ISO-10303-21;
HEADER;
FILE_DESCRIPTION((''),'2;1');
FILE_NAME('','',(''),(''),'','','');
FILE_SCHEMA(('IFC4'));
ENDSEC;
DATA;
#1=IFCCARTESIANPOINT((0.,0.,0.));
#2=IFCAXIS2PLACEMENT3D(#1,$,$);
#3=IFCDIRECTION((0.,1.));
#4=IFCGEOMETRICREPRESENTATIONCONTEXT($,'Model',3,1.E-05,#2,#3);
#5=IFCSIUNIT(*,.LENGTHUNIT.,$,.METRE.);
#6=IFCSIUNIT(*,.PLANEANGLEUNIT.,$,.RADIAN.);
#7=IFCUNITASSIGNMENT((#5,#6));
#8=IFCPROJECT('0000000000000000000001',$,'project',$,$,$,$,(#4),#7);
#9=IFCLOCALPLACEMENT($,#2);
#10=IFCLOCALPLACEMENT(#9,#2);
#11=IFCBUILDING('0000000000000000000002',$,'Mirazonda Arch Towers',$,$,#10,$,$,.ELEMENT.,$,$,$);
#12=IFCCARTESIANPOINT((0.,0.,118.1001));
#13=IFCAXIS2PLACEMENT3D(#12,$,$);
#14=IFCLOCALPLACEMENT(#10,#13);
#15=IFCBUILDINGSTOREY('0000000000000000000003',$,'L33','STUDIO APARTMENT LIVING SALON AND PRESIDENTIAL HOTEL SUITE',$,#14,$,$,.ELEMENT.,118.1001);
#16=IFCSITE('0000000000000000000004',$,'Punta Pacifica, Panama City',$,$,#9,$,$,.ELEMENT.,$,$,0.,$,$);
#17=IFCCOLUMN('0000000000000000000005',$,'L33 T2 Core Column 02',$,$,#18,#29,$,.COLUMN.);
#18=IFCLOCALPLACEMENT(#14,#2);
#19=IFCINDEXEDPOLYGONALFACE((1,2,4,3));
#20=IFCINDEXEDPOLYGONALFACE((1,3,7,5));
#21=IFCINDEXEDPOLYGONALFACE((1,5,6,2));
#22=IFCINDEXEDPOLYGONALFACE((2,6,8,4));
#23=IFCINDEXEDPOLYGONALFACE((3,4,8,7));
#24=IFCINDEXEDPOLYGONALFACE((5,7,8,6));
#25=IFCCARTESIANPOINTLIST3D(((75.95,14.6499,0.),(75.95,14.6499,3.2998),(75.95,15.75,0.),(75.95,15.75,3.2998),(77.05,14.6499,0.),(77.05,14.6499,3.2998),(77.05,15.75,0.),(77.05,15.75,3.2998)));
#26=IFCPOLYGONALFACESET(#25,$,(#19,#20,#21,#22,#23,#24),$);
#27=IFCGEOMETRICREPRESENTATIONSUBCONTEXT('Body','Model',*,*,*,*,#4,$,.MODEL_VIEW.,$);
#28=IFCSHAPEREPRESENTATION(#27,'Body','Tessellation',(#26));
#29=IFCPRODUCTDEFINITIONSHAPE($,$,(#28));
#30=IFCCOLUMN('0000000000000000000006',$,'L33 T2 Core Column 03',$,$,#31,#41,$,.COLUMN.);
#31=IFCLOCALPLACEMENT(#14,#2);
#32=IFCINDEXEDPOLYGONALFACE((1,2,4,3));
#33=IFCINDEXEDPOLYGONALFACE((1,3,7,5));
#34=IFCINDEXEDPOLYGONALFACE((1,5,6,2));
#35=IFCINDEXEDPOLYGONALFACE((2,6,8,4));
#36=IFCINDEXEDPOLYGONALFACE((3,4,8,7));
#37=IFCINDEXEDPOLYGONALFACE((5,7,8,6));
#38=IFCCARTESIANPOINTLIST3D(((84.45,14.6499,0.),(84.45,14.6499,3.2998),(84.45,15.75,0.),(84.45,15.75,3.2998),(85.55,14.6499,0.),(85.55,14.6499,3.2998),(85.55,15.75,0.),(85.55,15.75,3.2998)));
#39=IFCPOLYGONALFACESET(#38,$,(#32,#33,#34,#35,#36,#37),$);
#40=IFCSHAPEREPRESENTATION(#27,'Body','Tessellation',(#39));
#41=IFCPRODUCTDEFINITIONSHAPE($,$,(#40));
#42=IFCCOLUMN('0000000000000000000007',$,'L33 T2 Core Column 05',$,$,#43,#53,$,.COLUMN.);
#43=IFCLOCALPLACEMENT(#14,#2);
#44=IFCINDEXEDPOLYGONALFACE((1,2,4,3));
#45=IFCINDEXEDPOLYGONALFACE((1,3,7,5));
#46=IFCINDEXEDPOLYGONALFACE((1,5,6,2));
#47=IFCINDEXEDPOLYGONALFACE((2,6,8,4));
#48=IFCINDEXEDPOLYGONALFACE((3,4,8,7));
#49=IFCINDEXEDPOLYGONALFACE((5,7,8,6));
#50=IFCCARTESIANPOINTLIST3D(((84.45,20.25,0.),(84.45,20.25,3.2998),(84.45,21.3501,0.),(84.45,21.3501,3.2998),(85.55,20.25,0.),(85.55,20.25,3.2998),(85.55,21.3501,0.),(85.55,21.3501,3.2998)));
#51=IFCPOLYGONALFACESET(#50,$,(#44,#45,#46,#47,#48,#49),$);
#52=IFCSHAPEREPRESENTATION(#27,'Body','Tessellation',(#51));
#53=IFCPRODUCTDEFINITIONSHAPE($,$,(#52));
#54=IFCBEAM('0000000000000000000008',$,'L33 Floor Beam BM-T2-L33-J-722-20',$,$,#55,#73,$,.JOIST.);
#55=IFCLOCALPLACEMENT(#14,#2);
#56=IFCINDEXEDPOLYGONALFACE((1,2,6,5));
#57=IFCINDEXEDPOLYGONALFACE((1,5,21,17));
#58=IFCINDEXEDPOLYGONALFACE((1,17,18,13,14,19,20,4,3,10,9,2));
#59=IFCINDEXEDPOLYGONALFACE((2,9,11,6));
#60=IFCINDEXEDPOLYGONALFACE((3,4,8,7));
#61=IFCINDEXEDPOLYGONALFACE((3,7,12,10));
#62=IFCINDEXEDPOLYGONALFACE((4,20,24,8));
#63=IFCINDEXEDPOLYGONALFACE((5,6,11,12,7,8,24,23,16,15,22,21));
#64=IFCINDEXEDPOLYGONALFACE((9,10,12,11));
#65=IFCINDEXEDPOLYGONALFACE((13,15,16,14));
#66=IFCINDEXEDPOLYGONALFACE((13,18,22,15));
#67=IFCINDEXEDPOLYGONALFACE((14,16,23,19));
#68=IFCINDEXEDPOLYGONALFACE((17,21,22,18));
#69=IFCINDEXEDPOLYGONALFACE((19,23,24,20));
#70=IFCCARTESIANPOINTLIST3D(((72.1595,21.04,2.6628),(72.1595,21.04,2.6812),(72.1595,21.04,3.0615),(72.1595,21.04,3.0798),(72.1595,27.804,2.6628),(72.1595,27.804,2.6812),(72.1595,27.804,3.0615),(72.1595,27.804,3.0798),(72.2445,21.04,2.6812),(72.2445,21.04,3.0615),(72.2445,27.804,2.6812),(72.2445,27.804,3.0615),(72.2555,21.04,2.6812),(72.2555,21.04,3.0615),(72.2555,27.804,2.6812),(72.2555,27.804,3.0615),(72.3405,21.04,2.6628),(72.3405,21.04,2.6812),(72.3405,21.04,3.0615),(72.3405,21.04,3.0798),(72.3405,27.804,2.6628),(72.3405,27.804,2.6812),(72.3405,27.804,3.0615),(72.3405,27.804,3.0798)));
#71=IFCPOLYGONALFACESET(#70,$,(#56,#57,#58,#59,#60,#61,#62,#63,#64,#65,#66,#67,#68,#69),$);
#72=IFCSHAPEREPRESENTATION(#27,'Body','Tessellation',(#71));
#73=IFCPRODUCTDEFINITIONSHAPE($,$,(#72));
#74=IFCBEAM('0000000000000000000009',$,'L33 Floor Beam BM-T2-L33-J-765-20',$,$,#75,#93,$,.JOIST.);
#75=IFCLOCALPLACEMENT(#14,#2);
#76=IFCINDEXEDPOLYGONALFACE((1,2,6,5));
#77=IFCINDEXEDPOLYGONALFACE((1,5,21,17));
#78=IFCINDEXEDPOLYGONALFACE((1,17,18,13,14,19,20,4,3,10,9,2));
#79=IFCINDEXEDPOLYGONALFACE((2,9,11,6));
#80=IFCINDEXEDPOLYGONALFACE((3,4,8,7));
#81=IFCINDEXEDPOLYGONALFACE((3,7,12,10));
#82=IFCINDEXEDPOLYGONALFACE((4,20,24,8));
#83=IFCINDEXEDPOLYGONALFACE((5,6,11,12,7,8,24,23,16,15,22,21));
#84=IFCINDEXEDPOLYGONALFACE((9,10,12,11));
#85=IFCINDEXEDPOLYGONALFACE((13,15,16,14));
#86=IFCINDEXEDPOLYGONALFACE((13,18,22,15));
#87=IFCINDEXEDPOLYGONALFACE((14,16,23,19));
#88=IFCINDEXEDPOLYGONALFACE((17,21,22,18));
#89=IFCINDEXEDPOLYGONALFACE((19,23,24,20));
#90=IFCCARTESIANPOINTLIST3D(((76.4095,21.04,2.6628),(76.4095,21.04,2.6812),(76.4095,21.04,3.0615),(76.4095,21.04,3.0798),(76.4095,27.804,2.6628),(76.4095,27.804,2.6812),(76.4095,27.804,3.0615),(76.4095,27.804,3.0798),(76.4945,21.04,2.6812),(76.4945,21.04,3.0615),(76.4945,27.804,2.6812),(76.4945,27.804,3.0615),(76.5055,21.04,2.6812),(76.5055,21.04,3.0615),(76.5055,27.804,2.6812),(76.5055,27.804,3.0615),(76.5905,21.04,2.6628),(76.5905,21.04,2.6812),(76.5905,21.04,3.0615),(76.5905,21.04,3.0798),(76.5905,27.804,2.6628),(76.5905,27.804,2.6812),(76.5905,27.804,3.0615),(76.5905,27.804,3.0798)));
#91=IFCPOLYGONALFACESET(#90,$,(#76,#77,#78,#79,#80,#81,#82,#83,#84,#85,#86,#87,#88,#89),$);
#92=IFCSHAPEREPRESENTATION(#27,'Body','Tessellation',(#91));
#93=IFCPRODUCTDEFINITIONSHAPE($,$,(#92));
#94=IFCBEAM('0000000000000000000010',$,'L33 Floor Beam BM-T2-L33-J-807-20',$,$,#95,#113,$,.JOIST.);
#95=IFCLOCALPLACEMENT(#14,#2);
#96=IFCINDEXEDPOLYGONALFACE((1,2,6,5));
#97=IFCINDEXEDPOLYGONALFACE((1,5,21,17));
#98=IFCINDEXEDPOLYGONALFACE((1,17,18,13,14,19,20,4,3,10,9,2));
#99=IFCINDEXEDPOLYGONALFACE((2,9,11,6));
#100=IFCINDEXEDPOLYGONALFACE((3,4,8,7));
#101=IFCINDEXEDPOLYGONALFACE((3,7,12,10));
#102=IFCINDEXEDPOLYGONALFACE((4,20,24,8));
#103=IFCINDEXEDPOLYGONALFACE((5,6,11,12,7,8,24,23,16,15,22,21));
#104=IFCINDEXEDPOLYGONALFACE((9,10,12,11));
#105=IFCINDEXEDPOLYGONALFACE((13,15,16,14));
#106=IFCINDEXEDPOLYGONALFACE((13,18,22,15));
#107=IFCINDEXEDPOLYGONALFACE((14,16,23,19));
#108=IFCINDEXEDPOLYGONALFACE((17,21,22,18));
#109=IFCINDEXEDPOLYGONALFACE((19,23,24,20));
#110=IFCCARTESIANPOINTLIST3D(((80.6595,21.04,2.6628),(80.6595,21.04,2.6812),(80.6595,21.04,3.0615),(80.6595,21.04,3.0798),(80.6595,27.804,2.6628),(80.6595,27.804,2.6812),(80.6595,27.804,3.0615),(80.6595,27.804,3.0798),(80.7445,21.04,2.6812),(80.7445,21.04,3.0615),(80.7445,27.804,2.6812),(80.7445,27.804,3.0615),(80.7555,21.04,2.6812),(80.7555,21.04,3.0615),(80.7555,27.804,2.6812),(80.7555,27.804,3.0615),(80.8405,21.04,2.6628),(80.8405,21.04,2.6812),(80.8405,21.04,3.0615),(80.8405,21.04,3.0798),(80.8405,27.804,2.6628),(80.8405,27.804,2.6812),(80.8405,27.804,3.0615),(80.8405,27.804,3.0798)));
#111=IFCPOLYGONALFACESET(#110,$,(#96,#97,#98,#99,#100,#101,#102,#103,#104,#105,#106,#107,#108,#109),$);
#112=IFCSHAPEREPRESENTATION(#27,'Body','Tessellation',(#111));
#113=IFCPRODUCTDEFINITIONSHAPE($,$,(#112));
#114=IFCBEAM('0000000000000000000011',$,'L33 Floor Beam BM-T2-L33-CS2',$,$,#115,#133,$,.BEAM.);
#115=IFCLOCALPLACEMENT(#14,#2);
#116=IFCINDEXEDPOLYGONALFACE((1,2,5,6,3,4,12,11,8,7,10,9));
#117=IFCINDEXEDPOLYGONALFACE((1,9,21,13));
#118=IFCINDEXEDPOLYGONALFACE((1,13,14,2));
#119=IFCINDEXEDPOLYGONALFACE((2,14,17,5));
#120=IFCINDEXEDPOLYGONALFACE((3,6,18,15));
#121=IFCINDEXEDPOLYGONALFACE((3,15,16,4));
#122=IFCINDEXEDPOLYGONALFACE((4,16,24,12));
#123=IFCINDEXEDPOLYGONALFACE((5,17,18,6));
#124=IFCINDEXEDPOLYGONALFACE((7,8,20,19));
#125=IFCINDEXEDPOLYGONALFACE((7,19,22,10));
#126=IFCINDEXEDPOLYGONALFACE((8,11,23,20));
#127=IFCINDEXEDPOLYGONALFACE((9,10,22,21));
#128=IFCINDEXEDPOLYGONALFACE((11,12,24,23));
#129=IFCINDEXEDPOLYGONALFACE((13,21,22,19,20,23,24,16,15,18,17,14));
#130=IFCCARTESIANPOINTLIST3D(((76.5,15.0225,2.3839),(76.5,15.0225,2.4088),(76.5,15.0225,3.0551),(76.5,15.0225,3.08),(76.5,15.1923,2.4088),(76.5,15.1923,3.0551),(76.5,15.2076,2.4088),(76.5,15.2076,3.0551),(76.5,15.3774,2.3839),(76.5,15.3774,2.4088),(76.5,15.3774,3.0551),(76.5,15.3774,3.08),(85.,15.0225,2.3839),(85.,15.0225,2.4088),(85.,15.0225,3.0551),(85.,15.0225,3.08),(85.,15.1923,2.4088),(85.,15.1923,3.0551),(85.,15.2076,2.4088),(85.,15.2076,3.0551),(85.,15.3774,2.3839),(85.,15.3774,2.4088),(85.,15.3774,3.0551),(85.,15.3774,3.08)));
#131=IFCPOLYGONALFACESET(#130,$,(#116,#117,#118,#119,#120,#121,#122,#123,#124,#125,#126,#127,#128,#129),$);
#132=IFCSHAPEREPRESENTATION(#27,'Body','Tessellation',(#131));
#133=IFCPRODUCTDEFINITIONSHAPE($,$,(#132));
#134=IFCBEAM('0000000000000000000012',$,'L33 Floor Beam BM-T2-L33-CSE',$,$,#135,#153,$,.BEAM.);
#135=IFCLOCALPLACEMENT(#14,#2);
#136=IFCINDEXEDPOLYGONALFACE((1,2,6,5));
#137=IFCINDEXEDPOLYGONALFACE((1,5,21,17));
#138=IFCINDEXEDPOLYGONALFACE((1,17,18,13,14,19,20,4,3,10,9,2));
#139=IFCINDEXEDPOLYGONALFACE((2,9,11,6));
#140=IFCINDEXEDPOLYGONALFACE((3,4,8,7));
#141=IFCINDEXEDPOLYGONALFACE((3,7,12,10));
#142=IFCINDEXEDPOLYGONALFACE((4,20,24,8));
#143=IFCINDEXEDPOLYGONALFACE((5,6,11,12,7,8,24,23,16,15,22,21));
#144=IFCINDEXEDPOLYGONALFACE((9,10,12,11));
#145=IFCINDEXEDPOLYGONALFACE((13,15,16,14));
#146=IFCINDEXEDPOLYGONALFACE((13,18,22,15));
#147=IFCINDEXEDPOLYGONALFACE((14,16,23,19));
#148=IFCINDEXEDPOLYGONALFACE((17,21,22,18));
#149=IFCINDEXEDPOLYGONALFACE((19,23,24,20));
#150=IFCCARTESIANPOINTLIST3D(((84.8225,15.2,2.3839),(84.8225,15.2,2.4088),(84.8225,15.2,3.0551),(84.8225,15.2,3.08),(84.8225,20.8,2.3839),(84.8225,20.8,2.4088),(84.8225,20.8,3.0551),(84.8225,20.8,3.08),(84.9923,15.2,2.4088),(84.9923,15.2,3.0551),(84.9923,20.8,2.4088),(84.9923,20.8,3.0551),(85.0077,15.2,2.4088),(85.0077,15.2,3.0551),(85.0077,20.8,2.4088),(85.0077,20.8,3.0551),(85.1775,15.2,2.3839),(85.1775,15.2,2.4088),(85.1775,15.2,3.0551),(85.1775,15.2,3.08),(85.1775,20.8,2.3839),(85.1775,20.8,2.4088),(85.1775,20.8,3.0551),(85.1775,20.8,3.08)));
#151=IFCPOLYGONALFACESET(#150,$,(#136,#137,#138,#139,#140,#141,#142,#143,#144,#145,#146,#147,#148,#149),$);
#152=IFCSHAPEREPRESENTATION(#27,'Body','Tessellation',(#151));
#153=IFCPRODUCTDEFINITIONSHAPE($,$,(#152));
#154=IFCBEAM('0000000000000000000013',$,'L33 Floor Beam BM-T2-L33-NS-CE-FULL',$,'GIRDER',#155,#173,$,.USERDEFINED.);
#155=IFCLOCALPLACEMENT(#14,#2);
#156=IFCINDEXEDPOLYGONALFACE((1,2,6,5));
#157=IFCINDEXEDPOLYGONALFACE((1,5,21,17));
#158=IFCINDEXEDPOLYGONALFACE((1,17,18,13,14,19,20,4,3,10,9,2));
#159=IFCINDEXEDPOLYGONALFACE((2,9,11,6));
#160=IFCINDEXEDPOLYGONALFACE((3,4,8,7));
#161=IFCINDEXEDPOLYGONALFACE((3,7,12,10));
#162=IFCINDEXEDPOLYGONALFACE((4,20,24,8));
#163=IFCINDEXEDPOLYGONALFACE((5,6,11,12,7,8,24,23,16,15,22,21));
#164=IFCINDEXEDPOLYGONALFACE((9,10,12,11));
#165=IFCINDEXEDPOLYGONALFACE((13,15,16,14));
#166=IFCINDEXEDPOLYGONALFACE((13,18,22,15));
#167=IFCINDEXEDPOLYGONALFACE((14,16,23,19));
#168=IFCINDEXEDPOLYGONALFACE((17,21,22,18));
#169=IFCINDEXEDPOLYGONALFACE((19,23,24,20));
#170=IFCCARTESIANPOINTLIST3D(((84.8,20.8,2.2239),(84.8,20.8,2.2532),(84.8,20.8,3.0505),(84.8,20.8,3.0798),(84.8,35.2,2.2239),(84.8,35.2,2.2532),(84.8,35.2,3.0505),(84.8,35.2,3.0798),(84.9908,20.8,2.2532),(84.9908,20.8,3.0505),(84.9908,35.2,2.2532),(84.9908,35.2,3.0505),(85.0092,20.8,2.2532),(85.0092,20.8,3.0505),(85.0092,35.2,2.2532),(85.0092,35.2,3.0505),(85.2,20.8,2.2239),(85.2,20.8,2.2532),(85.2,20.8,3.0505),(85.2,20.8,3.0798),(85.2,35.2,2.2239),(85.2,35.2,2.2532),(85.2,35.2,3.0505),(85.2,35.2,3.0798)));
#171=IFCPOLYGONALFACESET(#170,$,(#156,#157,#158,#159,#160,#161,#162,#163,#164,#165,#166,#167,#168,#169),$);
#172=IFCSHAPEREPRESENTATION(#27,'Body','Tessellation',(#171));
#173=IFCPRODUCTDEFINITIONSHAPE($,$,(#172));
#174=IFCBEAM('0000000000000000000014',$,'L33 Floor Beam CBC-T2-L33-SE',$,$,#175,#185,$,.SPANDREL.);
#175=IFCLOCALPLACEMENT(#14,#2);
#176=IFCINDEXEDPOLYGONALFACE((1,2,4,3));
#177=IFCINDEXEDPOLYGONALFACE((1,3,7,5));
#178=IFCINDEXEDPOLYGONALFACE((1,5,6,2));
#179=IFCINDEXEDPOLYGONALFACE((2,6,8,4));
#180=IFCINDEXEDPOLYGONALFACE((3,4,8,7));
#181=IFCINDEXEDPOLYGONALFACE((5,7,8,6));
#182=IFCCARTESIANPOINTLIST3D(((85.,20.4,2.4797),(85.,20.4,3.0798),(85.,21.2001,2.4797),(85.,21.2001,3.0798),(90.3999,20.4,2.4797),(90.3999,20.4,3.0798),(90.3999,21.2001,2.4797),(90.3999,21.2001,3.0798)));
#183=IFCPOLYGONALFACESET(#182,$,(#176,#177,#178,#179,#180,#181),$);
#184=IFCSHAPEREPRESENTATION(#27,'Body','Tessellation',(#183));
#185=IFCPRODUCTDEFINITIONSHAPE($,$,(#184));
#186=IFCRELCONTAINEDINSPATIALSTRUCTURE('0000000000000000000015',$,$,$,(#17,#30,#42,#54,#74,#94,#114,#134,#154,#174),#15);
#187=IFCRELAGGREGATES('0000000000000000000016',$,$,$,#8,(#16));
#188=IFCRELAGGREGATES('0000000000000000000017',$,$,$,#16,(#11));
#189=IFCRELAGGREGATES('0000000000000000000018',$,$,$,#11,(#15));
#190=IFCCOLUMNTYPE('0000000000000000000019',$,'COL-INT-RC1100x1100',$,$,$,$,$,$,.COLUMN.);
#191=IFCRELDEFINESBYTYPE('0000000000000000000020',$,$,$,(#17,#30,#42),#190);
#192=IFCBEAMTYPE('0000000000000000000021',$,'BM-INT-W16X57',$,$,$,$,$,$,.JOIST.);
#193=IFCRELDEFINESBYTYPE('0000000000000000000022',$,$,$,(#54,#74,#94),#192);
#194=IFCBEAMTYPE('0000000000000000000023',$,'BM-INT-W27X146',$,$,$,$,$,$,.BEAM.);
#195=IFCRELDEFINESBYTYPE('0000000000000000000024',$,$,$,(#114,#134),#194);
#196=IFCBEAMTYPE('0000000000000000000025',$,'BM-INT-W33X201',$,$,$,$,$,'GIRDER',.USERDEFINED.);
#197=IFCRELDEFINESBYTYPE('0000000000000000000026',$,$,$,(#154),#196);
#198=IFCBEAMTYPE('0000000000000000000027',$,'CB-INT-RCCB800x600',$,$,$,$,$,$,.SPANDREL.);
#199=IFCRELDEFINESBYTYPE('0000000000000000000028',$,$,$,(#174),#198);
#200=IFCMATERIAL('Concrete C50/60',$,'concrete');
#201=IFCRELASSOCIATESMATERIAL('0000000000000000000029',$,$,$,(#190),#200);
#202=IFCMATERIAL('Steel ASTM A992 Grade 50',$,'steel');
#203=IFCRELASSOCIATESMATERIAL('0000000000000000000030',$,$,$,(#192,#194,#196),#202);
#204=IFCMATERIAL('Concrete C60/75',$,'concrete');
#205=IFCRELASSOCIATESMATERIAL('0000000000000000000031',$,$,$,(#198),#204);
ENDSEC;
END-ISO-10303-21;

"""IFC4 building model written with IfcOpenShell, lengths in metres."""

from ifc_helpers import new_model, si_unit, direction, frame, origin, origin_2d, place, context, subcontext, project, spatial, rectangle, i_section, extrude, material, material_profile, profile_set, type_object, element, save


model = new_model("IFC4")

# Units and contexts
model_context = context("Model", 3, precision=1e-05, world=origin(), true_north=direction((0.0, 1.0)))
body_context = subcontext(model_context, "Body", "Model", "MODEL_VIEW")
ifc_project = project(units=[si_unit("LENGTHUNIT", "METRE"), si_unit("PLANEANGLEUNIT", "RADIAN")], contexts=[model_context])

# Site, building, storey
site_placement = place(None, origin())
site = spatial("IfcSite", under=ifc_project, at=site_placement, Name="Punta Pacifica, Panama City", CompositionType="ELEMENT", RefElevation=0.0)
building_placement = place(site_placement, origin())
building = spatial("IfcBuilding", under=site, at=building_placement, Name="Mirazonda Arch Towers", CompositionType="ELEMENT")
storey_placement = place(building_placement, frame((0.0, 0.0, 118.1001)))
storey = spatial("IfcBuildingStorey", under=building, at=storey_placement, Name="L33", Description="STUDIO APARTMENT LIVING SALON AND PRESIDENTIAL HOTEL SUITE", CompositionType="ELEMENT", Elevation=118.1001)

# Columns
ifc_material_1 = material(Name="Concrete C50/60", Category="concrete")
ifc_material_profile_1 = material_profile(ifc_material_1, rectangle(XDim=1.1001, YDim=1.1001, at=origin_2d()), Name="RC1100x1100")
ifc_profile_set_1 = profile_set([ifc_material_profile_1], Name="Concrete C50/60")
column_type = type_object("IfcColumnType", Name="COL-INT-RC1100x1100", PredefinedType="COLUMN", material=ifc_profile_set_1)
for number, where, z_axis, x_axis, name in (
    (1, (76.5, 15.2, 0.0), (0.0, 0.0, 1.0), (1.0, 0.0, 0.0), "L33 T2 Core Column 02"),
    (2, (85.0, 15.2, 0.0), (0.0, 0.0, 1.0), (1.0, 0.0, 0.0), "L33 T2 Core Column 03"),
    (3, (85.0, 20.8, 0.0), (0.0, 0.0, 1.0), (1.0, 0.0, 0.0), "L33 T2 Core Column 05"),
):
    element("IfcColumn", number, at=place(storey_placement, frame(where, z_axis=z_axis, x_axis=x_axis)), inside=storey, type_object=column_type, Name=name, PredefinedType="COLUMN", context=body_context, shape_type="SweptSolid", body=[
        extrude(rectangle(XDim=1.1001, YDim=1.1001, at=origin_2d()), origin(), (0.0, 0.0, 1.0), 3.2998),
    ])

# Beams
ifc_material_2 = material(Name="Steel ASTM A992 Grade 50", Category="steel")
ifc_material_profile_2 = material_profile(ifc_material_2, i_section(OverallWidth=0.1809, OverallDepth=0.417, WebThickness=0.011, FlangeThickness=0.0183, at=origin_2d()), Name="W16X57")
ifc_profile_set_2 = profile_set([ifc_material_profile_2], Name="Steel ASTM A992 Grade 50")
beam_type_1 = type_object("IfcBeamType", Name="BM-INT-W16X57", PredefinedType="JOIST", material=ifc_profile_set_2)
for number, where, z_axis, x_axis, name in (
    (4, (72.25, 21.04, 2.8713), (0.0, 1.0, 0.0), (-1.0, 0.0, 0.0), "L33 Floor Beam BM-T2-L33-J-722-20"),
    (5, (76.5, 21.04, 2.8713), (0.0, 1.0, 0.0), (-1.0, 0.0, 0.0), "L33 Floor Beam BM-T2-L33-J-765-20"),
    (6, (80.75, 21.04, 2.8713), (0.0, 1.0, 0.0), (-1.0, 0.0, 0.0), "L33 Floor Beam BM-T2-L33-J-807-20"),
):
    element("IfcBeam", number, at=place(storey_placement, frame(where, z_axis=z_axis, x_axis=x_axis)), inside=storey, type_object=beam_type_1, Name=name, PredefinedType="JOIST", context=body_context, shape_type="SweptSolid", body=[
        extrude(i_section(OverallWidth=0.1809, OverallDepth=0.417, WebThickness=0.011, FlangeThickness=0.0183, at=origin_2d()), origin(), (0.0, 0.0, 1.0), 6.7639),
    ])
ifc_material_profile_3 = material_profile(ifc_material_2, i_section(OverallWidth=0.355, OverallDepth=0.696, WebThickness=0.0154, FlangeThickness=0.0249, at=origin_2d()), Name="W27X146")
ifc_profile_set_3 = profile_set([ifc_material_profile_3], Name="Steel ASTM A992 Grade 50")
beam_type_2 = type_object("IfcBeamType", Name="BM-INT-W27X146", PredefinedType="BEAM", material=ifc_profile_set_3)
beam_1_placement = place(storey_placement, frame((76.5, 15.2, 2.7319), z_axis=(1.0, 0.0, 0.0), x_axis=(0.0, 1.0, 0.0)))
element("IfcBeam", 7, at=beam_1_placement, inside=storey, type_object=beam_type_2, Name="L33 Floor Beam BM-T2-L33-CS2", PredefinedType="BEAM", context=body_context, shape_type="SweptSolid", body=[
    extrude(i_section(OverallWidth=0.355, OverallDepth=0.696, WebThickness=0.0154, FlangeThickness=0.0249, at=origin_2d()), origin(), (0.0, 0.0, 1.0), 8.5),
])
beam_2_placement = place(storey_placement, frame((85.0, 15.2, 2.7319), z_axis=(0.0, 1.0, 0.0), x_axis=(-1.0, 0.0, 0.0)))
element("IfcBeam", 8, at=beam_2_placement, inside=storey, type_object=beam_type_2, Name="L33 Floor Beam BM-T2-L33-CSE", PredefinedType="BEAM", context=body_context, shape_type="SweptSolid", body=[
    extrude(i_section(OverallWidth=0.355, OverallDepth=0.696, WebThickness=0.0154, FlangeThickness=0.0249, at=origin_2d()), origin(), (0.0, 0.0, 1.0), 5.6001),
])
ifc_material_profile_4 = material_profile(ifc_material_2, i_section(OverallWidth=0.3999, OverallDepth=0.856, WebThickness=0.0183, FlangeThickness=0.0293, at=origin_2d()), Name="W33X201")
ifc_profile_set_4 = profile_set([ifc_material_profile_4], Name="Steel ASTM A992 Grade 50")
beam_type_3 = type_object("IfcBeamType", Name="BM-INT-W33X201", ElementType="GIRDER", PredefinedType="USERDEFINED", material=ifc_profile_set_4)
beam_3_placement = place(storey_placement, frame((85.0, 20.8, 2.6519), z_axis=(0.0, 1.0, 0.0), x_axis=(-1.0, 0.0, 0.0)))
element("IfcBeam", 9, at=beam_3_placement, inside=storey, type_object=beam_type_3, Name="L33 Floor Beam BM-T2-L33-NS-CE-FULL", ObjectType="GIRDER", PredefinedType="USERDEFINED", context=body_context, shape_type="SweptSolid", body=[
    extrude(i_section(OverallWidth=0.3999, OverallDepth=0.856, WebThickness=0.0183, FlangeThickness=0.0293, at=origin_2d()), origin(), (0.0, 0.0, 1.0), 14.3999),
])
ifc_material_3 = material(Name="Concrete C60/75", Category="concrete")
ifc_material_profile_5 = material_profile(ifc_material_3, rectangle(XDim=0.8, YDim=0.6001, at=origin_2d()), Name="RCCB800x600")
ifc_profile_set_5 = profile_set([ifc_material_profile_5], Name="Concrete C60/75")
beam_type_4 = type_object("IfcBeamType", Name="CB-INT-RCCB800x600", PredefinedType="SPANDREL", material=ifc_profile_set_5)
beam_4_placement = place(storey_placement, frame((85.0, 20.8, 2.7798), z_axis=(1.0, 0.0, 0.0), x_axis=(0.0, 1.0, 0.0)))
element("IfcBeam", 10, at=beam_4_placement, inside=storey, type_object=beam_type_4, Name="L33 Floor Beam CBC-T2-L33-SE", PredefinedType="SPANDREL", context=body_context, shape_type="SweptSolid", body=[
    extrude(rectangle(XDim=0.8, YDim=0.6001, at=origin_2d()), origin(), (0.0, 0.0, 1.0), 5.3999),
])

save(model, "model.ifc")
